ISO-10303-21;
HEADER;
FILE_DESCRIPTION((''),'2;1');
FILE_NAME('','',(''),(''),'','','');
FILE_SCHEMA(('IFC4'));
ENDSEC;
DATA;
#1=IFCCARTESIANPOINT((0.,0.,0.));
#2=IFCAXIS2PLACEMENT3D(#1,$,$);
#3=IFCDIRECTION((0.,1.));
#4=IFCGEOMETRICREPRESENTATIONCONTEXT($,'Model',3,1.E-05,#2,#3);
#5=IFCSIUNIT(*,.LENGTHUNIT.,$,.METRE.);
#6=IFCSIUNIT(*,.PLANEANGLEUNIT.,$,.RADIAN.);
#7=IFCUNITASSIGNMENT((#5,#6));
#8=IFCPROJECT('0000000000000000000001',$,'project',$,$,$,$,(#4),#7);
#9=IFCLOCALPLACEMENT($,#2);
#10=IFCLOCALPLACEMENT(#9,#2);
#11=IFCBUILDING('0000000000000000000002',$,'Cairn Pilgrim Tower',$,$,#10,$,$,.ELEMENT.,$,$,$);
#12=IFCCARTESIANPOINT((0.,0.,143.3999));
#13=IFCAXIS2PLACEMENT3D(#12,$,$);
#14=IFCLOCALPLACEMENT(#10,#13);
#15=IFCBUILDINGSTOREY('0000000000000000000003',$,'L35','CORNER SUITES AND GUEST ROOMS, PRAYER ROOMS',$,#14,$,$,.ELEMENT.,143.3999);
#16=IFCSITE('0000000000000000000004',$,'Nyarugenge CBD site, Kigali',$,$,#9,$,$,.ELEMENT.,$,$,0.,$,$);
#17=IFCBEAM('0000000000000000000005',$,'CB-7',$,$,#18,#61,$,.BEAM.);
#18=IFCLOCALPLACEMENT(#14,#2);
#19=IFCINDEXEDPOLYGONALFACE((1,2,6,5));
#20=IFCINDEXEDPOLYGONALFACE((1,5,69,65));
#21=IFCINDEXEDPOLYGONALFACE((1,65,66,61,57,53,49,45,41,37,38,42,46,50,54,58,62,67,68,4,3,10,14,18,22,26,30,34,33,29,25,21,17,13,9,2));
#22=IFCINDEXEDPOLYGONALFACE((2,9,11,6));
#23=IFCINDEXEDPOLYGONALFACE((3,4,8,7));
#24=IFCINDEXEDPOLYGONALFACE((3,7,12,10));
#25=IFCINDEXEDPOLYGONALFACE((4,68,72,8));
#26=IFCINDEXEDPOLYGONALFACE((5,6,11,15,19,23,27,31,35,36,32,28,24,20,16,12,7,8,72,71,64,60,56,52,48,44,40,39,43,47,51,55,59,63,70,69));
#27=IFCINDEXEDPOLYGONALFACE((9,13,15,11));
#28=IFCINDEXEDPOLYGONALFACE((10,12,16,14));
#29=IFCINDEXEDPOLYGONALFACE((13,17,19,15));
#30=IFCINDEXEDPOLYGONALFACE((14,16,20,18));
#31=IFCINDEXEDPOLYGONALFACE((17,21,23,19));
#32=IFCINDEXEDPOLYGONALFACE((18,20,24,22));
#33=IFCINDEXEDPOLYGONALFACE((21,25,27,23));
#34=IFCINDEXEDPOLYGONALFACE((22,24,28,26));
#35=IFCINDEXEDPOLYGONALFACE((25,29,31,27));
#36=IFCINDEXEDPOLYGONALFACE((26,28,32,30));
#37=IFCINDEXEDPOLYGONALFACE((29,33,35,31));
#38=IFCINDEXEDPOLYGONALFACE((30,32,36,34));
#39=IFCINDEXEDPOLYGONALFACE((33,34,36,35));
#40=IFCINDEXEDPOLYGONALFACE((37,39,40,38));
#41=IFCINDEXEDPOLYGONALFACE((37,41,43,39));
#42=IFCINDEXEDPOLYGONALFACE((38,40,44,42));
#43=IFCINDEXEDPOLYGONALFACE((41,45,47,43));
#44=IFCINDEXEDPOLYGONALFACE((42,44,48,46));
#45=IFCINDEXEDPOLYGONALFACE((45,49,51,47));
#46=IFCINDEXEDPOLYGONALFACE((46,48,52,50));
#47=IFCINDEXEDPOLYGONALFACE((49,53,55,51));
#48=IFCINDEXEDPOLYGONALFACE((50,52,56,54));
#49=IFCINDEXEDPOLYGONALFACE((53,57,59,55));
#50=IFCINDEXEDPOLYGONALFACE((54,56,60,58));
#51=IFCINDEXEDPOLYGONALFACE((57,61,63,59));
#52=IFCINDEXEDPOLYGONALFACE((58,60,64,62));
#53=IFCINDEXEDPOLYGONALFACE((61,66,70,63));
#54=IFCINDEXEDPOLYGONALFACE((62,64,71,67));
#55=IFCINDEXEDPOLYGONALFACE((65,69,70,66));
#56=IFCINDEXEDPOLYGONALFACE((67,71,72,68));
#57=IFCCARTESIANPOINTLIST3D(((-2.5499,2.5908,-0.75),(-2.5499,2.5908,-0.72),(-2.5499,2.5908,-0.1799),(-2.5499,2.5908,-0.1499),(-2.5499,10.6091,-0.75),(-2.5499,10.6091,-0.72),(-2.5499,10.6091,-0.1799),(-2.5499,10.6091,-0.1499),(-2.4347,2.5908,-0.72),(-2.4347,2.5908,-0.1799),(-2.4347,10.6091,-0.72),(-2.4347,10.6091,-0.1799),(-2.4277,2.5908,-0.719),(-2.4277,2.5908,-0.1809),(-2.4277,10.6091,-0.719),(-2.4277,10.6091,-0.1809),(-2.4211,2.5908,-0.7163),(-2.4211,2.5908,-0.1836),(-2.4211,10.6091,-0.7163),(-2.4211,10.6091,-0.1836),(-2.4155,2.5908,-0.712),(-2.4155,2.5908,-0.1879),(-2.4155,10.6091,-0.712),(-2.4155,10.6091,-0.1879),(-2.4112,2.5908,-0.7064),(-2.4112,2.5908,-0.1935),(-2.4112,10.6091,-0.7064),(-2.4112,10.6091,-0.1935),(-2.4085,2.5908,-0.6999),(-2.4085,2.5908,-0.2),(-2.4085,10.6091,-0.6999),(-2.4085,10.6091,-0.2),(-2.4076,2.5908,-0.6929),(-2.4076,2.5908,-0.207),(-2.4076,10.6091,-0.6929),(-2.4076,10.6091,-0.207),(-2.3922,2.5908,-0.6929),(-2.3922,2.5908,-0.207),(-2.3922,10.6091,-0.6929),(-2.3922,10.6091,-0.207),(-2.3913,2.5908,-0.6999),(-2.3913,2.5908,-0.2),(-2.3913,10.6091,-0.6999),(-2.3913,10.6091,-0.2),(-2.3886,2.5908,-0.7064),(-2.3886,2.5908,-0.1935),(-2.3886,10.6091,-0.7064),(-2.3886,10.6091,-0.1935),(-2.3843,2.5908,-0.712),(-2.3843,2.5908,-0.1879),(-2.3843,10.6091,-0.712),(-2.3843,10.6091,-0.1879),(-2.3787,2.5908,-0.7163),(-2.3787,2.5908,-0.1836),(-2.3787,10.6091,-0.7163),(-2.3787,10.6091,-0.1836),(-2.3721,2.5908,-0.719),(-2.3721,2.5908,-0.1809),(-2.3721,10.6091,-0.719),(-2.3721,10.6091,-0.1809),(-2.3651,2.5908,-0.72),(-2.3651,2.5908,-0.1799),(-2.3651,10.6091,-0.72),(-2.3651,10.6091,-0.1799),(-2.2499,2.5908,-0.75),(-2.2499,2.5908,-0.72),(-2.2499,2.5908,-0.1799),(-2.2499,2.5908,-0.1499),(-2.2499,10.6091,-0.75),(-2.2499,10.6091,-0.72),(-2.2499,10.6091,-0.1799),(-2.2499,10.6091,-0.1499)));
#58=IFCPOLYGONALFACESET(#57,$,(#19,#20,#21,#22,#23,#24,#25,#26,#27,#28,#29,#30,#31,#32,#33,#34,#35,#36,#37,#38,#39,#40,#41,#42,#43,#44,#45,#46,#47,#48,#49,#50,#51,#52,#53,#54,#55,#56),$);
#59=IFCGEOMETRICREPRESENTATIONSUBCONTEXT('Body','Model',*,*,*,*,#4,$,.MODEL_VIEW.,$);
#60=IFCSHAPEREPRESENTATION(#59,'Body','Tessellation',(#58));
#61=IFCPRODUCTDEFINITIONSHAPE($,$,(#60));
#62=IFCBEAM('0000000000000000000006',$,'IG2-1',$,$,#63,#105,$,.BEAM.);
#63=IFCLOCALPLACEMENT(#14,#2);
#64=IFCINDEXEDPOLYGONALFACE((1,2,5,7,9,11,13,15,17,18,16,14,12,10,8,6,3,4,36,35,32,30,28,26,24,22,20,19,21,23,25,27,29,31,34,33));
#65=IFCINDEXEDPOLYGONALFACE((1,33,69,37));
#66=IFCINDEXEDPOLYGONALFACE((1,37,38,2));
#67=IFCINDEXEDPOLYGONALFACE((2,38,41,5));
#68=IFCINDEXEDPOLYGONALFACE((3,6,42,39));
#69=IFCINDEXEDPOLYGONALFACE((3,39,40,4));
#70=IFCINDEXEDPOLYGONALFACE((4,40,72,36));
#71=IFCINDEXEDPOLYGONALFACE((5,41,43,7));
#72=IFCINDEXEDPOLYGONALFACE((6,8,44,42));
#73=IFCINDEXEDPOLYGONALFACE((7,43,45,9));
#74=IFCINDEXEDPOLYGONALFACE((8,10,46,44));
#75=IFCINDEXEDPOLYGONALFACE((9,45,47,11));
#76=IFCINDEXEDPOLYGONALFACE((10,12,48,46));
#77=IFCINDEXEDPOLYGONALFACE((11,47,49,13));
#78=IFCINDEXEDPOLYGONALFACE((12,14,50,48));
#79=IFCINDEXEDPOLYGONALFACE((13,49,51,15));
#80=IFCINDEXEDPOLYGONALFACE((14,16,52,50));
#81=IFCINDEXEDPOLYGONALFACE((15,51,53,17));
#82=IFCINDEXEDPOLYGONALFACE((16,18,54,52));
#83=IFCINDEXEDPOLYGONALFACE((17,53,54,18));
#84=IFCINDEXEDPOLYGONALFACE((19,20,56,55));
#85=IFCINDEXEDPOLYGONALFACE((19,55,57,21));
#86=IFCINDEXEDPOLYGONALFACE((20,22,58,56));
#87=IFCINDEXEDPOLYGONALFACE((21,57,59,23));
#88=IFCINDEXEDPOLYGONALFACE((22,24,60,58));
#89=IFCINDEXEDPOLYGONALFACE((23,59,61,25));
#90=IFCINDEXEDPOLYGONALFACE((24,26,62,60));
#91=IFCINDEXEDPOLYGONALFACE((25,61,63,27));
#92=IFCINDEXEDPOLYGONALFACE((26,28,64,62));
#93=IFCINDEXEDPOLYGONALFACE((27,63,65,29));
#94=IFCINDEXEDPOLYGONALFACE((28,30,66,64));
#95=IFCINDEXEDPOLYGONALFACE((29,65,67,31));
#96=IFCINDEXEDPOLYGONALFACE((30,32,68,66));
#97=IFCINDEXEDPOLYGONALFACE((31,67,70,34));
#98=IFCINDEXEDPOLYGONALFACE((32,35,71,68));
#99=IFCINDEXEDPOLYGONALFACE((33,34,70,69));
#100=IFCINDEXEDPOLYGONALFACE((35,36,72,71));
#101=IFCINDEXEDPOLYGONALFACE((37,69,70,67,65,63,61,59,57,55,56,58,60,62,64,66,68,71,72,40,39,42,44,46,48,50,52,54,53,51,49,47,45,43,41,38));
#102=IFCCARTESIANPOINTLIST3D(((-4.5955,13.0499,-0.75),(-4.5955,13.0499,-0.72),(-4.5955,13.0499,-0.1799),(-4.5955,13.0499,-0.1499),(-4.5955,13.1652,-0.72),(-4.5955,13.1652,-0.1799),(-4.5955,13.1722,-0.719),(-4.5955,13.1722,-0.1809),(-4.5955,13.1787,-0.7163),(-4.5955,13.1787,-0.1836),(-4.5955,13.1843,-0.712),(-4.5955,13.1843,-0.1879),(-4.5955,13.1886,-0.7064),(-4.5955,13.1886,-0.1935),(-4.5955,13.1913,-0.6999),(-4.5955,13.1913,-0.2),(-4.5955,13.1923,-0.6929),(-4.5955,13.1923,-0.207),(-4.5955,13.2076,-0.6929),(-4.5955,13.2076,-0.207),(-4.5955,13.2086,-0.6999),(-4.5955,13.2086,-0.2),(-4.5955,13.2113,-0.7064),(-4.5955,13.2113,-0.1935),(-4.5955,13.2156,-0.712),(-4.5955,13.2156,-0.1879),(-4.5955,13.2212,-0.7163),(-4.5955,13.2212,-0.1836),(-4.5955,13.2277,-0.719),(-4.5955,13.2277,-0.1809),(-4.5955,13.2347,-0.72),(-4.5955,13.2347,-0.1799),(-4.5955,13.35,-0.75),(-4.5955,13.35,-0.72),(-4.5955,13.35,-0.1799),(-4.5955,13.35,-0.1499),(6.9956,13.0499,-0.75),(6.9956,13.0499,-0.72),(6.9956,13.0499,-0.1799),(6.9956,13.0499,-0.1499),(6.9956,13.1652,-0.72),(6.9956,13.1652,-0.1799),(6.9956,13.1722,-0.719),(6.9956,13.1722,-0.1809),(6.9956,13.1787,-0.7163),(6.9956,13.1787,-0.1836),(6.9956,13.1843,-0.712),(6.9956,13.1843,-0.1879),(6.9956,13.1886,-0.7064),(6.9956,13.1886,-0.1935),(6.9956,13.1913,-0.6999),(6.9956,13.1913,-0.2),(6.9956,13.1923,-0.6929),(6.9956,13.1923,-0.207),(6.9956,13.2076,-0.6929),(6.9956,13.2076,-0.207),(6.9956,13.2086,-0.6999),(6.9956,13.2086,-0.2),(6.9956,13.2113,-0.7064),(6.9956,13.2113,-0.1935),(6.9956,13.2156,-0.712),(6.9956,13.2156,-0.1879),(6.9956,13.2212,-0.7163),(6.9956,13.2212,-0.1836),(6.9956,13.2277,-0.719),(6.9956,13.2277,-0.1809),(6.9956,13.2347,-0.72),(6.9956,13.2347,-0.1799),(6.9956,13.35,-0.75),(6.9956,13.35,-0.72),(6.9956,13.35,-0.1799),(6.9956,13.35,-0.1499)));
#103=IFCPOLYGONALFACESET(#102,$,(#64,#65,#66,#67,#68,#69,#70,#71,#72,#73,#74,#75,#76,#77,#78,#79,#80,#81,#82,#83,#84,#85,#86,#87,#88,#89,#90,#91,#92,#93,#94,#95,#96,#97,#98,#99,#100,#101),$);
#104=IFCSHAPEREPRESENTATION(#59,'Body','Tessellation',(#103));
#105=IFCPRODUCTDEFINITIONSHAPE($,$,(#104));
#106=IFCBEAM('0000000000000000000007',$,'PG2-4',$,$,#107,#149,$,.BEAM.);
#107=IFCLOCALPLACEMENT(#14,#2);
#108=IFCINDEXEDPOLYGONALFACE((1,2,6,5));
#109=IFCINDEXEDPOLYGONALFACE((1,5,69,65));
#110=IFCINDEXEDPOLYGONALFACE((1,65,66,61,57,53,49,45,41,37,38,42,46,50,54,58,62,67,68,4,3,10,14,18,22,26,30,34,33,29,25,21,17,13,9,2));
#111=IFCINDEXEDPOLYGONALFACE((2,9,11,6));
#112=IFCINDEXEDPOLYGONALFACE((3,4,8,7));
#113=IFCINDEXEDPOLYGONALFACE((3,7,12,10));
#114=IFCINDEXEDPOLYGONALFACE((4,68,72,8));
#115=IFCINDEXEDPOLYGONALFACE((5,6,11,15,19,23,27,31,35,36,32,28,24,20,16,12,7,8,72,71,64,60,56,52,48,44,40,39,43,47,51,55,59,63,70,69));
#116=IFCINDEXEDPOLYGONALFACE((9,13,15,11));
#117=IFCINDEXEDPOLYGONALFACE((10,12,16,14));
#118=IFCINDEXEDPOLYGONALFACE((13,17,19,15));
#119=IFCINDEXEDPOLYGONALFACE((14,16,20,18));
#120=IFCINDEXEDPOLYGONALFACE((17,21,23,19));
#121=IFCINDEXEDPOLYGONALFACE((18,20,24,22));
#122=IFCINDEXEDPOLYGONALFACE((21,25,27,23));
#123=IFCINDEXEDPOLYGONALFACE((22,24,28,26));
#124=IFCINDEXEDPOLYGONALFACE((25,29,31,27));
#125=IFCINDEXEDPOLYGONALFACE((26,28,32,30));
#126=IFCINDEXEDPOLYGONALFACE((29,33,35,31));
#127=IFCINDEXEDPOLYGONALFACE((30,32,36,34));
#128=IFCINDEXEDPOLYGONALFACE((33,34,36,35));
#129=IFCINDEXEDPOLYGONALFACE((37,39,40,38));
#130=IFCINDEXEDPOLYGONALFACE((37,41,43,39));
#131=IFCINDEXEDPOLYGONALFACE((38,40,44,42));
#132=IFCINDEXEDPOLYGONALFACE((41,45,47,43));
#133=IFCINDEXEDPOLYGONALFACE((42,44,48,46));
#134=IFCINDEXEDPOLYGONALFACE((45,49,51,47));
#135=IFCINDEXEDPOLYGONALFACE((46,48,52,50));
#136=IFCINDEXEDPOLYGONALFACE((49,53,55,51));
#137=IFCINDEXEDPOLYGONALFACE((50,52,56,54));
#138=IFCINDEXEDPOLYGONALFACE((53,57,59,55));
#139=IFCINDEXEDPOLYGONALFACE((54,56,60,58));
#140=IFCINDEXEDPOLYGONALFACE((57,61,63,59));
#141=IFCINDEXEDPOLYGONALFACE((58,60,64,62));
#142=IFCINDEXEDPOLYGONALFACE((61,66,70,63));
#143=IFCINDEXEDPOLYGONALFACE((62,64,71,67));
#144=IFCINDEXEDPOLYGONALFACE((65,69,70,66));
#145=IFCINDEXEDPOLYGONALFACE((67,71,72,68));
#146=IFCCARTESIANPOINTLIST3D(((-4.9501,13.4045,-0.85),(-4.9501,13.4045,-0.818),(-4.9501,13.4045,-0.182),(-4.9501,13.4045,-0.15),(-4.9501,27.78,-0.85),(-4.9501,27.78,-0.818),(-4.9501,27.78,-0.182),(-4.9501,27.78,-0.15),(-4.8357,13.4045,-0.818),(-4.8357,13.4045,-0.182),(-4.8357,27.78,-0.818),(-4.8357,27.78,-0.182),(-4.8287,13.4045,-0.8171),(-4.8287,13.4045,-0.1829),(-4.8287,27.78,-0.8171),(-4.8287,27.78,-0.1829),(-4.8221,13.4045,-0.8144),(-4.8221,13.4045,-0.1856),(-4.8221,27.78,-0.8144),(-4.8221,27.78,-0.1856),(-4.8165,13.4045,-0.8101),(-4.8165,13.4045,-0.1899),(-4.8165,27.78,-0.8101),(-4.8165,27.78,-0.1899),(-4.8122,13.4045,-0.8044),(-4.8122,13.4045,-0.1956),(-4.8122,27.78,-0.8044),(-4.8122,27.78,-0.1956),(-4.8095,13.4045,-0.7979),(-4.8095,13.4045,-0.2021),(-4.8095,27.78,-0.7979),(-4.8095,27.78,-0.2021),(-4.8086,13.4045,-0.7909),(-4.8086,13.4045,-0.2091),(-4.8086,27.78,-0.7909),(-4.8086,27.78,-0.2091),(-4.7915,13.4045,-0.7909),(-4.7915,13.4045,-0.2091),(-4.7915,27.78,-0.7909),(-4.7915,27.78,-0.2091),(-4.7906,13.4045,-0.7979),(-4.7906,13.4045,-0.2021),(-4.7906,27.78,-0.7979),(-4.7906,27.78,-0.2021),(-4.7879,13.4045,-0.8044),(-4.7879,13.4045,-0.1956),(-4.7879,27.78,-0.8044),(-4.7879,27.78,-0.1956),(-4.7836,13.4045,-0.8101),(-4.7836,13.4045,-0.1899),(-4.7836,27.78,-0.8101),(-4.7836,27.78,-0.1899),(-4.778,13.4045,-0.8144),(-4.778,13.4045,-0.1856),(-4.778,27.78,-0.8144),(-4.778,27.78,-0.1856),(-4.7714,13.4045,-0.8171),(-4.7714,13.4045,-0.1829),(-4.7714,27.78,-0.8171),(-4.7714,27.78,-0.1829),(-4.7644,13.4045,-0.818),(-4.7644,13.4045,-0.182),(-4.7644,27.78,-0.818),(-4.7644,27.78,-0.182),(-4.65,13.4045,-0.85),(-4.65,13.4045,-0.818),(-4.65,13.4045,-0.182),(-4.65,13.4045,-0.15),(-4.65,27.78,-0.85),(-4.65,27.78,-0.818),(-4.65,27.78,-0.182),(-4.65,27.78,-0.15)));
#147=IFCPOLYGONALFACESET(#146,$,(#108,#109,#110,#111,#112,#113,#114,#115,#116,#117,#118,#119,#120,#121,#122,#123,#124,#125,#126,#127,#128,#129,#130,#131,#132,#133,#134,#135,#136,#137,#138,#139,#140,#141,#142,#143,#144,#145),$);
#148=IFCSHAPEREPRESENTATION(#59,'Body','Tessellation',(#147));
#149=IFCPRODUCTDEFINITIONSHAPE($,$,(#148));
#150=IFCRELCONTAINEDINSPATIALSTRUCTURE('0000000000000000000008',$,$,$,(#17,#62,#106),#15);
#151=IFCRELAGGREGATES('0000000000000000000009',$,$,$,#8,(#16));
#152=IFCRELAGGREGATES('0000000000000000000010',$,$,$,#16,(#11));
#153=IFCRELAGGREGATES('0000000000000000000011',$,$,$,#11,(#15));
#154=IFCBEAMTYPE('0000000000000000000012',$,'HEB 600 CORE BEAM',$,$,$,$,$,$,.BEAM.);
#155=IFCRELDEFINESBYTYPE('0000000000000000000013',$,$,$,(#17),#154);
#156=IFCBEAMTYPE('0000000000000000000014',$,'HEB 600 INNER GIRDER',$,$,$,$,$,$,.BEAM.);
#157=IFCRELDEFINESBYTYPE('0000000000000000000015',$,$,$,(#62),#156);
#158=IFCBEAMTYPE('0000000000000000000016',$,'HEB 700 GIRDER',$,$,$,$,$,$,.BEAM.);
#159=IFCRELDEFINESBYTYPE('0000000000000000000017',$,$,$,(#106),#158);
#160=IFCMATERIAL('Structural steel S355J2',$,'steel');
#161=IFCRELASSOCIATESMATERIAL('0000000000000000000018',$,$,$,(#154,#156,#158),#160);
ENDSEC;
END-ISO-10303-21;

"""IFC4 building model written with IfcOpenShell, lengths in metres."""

from ifc_helpers import new_model, si_unit, direction, frame, origin, origin_2d, place, context, subcontext, project, spatial, i_section, extrude, material, material_profile, profile_set, type_object, element, save


model = new_model("IFC4")

# Units and contexts
model_context = context("Model", 3, precision=1e-05, world=origin(), true_north=direction((0.0, 1.0)))
body_context = subcontext(model_context, "Body", "Model", "MODEL_VIEW")
ifc_project = project(units=[si_unit("LENGTHUNIT", "METRE"), si_unit("PLANEANGLEUNIT", "RADIAN")], contexts=[model_context])

# Site, building, storey
site_placement = place(None, origin())
site = spatial("IfcSite", under=ifc_project, at=site_placement, Name="Nyarugenge CBD site, Kigali", CompositionType="ELEMENT", RefElevation=0.0)
building_placement = place(site_placement, origin())
building = spatial("IfcBuilding", under=site, at=building_placement, Name="Cairn Pilgrim Tower", CompositionType="ELEMENT")
storey_placement = place(building_placement, frame((0.0, 0.0, 143.3999)))
storey = spatial("IfcBuildingStorey", under=building, at=storey_placement, Name="L35", Description="CORNER SUITES AND GUEST ROOMS, PRAYER ROOMS", CompositionType="ELEMENT", Elevation=143.3999)

# Beams
ifc_material_1 = material(Name="Structural steel S355J2", Category="steel")
ifc_material_profile_1 = material_profile(ifc_material_1, i_section(OverallWidth=0.3, OverallDepth=0.6001, WebThickness=0.0154, FlangeThickness=0.03, FilletRadius=0.0271, at=origin_2d()), Name="HEB 600")
ifc_profile_set_1 = profile_set([ifc_material_profile_1], Name="Structural steel S355J2")
beam_type_1 = type_object("IfcBeamType", Name="HEB 600 CORE BEAM", PredefinedType="BEAM", material=ifc_profile_set_1)
beam_1_placement = place(storey_placement, frame((-2.3999, 10.6091, -0.45), z_axis=(0.0, -1.0, 0.0), x_axis=(1.0, 0.0, 0.0)))
element("IfcBeam", 1, at=beam_1_placement, inside=storey, type_object=beam_type_1, Name="CB-7", PredefinedType="BEAM", context=body_context, shape_type="SweptSolid", body=[
    extrude(i_section(OverallWidth=0.3, OverallDepth=0.6001, WebThickness=0.0154, FlangeThickness=0.03, FilletRadius=0.0271, at=origin_2d()), origin(), (0.0, 0.0, 1.0), 8.0183),
])
ifc_material_profile_2 = material_profile(ifc_material_1, i_section(OverallWidth=0.3, OverallDepth=0.6001, WebThickness=0.0154, FlangeThickness=0.03, FilletRadius=0.0271, at=origin_2d()), Name="HEB 600")
ifc_profile_set_2 = profile_set([ifc_material_profile_2], Name="Structural steel S355J2")
beam_type_2 = type_object("IfcBeamType", Name="HEB 600 INNER GIRDER", PredefinedType="BEAM", material=ifc_profile_set_2)
beam_2_placement = place(storey_placement, frame((-4.5955, 13.2, -0.45), z_axis=(1.0, 0.0, 0.0), x_axis=(0.0, 1.0, 0.0)))
element("IfcBeam", 2, at=beam_2_placement, inside=storey, type_object=beam_type_2, Name="IG2-1", PredefinedType="BEAM", context=body_context, shape_type="SweptSolid", body=[
    extrude(i_section(OverallWidth=0.3, OverallDepth=0.6001, WebThickness=0.0154, FlangeThickness=0.03, FilletRadius=0.0271, at=origin_2d()), origin(), (0.0, 0.0, 1.0), 11.5911),
])
ifc_material_profile_3 = material_profile(ifc_material_1, i_section(OverallWidth=0.3, OverallDepth=0.7, WebThickness=0.0171, FlangeThickness=0.032, FilletRadius=0.0271, at=origin_2d()), Name="HEB 700")
ifc_profile_set_3 = profile_set([ifc_material_profile_3], Name="Structural steel S355J2")
beam_type_3 = type_object("IfcBeamType", Name="HEB 700 GIRDER", PredefinedType="BEAM", material=ifc_profile_set_3)
beam_3_placement = place(storey_placement, frame((-4.8, 13.4045, -0.5), z_axis=(0.0, 1.0, 0.0), x_axis=(-1.0, 0.0, 0.0)))
element("IfcBeam", 3, at=beam_3_placement, inside=storey, type_object=beam_type_3, Name="PG2-4", PredefinedType="BEAM", context=body_context, shape_type="SweptSolid", body=[
    extrude(i_section(OverallWidth=0.3, OverallDepth=0.7, WebThickness=0.0171, FlangeThickness=0.032, FilletRadius=0.0271, at=origin_2d()), origin(), (0.0, 0.0, 1.0), 14.3755),
])

save(model, "model.ifc")
